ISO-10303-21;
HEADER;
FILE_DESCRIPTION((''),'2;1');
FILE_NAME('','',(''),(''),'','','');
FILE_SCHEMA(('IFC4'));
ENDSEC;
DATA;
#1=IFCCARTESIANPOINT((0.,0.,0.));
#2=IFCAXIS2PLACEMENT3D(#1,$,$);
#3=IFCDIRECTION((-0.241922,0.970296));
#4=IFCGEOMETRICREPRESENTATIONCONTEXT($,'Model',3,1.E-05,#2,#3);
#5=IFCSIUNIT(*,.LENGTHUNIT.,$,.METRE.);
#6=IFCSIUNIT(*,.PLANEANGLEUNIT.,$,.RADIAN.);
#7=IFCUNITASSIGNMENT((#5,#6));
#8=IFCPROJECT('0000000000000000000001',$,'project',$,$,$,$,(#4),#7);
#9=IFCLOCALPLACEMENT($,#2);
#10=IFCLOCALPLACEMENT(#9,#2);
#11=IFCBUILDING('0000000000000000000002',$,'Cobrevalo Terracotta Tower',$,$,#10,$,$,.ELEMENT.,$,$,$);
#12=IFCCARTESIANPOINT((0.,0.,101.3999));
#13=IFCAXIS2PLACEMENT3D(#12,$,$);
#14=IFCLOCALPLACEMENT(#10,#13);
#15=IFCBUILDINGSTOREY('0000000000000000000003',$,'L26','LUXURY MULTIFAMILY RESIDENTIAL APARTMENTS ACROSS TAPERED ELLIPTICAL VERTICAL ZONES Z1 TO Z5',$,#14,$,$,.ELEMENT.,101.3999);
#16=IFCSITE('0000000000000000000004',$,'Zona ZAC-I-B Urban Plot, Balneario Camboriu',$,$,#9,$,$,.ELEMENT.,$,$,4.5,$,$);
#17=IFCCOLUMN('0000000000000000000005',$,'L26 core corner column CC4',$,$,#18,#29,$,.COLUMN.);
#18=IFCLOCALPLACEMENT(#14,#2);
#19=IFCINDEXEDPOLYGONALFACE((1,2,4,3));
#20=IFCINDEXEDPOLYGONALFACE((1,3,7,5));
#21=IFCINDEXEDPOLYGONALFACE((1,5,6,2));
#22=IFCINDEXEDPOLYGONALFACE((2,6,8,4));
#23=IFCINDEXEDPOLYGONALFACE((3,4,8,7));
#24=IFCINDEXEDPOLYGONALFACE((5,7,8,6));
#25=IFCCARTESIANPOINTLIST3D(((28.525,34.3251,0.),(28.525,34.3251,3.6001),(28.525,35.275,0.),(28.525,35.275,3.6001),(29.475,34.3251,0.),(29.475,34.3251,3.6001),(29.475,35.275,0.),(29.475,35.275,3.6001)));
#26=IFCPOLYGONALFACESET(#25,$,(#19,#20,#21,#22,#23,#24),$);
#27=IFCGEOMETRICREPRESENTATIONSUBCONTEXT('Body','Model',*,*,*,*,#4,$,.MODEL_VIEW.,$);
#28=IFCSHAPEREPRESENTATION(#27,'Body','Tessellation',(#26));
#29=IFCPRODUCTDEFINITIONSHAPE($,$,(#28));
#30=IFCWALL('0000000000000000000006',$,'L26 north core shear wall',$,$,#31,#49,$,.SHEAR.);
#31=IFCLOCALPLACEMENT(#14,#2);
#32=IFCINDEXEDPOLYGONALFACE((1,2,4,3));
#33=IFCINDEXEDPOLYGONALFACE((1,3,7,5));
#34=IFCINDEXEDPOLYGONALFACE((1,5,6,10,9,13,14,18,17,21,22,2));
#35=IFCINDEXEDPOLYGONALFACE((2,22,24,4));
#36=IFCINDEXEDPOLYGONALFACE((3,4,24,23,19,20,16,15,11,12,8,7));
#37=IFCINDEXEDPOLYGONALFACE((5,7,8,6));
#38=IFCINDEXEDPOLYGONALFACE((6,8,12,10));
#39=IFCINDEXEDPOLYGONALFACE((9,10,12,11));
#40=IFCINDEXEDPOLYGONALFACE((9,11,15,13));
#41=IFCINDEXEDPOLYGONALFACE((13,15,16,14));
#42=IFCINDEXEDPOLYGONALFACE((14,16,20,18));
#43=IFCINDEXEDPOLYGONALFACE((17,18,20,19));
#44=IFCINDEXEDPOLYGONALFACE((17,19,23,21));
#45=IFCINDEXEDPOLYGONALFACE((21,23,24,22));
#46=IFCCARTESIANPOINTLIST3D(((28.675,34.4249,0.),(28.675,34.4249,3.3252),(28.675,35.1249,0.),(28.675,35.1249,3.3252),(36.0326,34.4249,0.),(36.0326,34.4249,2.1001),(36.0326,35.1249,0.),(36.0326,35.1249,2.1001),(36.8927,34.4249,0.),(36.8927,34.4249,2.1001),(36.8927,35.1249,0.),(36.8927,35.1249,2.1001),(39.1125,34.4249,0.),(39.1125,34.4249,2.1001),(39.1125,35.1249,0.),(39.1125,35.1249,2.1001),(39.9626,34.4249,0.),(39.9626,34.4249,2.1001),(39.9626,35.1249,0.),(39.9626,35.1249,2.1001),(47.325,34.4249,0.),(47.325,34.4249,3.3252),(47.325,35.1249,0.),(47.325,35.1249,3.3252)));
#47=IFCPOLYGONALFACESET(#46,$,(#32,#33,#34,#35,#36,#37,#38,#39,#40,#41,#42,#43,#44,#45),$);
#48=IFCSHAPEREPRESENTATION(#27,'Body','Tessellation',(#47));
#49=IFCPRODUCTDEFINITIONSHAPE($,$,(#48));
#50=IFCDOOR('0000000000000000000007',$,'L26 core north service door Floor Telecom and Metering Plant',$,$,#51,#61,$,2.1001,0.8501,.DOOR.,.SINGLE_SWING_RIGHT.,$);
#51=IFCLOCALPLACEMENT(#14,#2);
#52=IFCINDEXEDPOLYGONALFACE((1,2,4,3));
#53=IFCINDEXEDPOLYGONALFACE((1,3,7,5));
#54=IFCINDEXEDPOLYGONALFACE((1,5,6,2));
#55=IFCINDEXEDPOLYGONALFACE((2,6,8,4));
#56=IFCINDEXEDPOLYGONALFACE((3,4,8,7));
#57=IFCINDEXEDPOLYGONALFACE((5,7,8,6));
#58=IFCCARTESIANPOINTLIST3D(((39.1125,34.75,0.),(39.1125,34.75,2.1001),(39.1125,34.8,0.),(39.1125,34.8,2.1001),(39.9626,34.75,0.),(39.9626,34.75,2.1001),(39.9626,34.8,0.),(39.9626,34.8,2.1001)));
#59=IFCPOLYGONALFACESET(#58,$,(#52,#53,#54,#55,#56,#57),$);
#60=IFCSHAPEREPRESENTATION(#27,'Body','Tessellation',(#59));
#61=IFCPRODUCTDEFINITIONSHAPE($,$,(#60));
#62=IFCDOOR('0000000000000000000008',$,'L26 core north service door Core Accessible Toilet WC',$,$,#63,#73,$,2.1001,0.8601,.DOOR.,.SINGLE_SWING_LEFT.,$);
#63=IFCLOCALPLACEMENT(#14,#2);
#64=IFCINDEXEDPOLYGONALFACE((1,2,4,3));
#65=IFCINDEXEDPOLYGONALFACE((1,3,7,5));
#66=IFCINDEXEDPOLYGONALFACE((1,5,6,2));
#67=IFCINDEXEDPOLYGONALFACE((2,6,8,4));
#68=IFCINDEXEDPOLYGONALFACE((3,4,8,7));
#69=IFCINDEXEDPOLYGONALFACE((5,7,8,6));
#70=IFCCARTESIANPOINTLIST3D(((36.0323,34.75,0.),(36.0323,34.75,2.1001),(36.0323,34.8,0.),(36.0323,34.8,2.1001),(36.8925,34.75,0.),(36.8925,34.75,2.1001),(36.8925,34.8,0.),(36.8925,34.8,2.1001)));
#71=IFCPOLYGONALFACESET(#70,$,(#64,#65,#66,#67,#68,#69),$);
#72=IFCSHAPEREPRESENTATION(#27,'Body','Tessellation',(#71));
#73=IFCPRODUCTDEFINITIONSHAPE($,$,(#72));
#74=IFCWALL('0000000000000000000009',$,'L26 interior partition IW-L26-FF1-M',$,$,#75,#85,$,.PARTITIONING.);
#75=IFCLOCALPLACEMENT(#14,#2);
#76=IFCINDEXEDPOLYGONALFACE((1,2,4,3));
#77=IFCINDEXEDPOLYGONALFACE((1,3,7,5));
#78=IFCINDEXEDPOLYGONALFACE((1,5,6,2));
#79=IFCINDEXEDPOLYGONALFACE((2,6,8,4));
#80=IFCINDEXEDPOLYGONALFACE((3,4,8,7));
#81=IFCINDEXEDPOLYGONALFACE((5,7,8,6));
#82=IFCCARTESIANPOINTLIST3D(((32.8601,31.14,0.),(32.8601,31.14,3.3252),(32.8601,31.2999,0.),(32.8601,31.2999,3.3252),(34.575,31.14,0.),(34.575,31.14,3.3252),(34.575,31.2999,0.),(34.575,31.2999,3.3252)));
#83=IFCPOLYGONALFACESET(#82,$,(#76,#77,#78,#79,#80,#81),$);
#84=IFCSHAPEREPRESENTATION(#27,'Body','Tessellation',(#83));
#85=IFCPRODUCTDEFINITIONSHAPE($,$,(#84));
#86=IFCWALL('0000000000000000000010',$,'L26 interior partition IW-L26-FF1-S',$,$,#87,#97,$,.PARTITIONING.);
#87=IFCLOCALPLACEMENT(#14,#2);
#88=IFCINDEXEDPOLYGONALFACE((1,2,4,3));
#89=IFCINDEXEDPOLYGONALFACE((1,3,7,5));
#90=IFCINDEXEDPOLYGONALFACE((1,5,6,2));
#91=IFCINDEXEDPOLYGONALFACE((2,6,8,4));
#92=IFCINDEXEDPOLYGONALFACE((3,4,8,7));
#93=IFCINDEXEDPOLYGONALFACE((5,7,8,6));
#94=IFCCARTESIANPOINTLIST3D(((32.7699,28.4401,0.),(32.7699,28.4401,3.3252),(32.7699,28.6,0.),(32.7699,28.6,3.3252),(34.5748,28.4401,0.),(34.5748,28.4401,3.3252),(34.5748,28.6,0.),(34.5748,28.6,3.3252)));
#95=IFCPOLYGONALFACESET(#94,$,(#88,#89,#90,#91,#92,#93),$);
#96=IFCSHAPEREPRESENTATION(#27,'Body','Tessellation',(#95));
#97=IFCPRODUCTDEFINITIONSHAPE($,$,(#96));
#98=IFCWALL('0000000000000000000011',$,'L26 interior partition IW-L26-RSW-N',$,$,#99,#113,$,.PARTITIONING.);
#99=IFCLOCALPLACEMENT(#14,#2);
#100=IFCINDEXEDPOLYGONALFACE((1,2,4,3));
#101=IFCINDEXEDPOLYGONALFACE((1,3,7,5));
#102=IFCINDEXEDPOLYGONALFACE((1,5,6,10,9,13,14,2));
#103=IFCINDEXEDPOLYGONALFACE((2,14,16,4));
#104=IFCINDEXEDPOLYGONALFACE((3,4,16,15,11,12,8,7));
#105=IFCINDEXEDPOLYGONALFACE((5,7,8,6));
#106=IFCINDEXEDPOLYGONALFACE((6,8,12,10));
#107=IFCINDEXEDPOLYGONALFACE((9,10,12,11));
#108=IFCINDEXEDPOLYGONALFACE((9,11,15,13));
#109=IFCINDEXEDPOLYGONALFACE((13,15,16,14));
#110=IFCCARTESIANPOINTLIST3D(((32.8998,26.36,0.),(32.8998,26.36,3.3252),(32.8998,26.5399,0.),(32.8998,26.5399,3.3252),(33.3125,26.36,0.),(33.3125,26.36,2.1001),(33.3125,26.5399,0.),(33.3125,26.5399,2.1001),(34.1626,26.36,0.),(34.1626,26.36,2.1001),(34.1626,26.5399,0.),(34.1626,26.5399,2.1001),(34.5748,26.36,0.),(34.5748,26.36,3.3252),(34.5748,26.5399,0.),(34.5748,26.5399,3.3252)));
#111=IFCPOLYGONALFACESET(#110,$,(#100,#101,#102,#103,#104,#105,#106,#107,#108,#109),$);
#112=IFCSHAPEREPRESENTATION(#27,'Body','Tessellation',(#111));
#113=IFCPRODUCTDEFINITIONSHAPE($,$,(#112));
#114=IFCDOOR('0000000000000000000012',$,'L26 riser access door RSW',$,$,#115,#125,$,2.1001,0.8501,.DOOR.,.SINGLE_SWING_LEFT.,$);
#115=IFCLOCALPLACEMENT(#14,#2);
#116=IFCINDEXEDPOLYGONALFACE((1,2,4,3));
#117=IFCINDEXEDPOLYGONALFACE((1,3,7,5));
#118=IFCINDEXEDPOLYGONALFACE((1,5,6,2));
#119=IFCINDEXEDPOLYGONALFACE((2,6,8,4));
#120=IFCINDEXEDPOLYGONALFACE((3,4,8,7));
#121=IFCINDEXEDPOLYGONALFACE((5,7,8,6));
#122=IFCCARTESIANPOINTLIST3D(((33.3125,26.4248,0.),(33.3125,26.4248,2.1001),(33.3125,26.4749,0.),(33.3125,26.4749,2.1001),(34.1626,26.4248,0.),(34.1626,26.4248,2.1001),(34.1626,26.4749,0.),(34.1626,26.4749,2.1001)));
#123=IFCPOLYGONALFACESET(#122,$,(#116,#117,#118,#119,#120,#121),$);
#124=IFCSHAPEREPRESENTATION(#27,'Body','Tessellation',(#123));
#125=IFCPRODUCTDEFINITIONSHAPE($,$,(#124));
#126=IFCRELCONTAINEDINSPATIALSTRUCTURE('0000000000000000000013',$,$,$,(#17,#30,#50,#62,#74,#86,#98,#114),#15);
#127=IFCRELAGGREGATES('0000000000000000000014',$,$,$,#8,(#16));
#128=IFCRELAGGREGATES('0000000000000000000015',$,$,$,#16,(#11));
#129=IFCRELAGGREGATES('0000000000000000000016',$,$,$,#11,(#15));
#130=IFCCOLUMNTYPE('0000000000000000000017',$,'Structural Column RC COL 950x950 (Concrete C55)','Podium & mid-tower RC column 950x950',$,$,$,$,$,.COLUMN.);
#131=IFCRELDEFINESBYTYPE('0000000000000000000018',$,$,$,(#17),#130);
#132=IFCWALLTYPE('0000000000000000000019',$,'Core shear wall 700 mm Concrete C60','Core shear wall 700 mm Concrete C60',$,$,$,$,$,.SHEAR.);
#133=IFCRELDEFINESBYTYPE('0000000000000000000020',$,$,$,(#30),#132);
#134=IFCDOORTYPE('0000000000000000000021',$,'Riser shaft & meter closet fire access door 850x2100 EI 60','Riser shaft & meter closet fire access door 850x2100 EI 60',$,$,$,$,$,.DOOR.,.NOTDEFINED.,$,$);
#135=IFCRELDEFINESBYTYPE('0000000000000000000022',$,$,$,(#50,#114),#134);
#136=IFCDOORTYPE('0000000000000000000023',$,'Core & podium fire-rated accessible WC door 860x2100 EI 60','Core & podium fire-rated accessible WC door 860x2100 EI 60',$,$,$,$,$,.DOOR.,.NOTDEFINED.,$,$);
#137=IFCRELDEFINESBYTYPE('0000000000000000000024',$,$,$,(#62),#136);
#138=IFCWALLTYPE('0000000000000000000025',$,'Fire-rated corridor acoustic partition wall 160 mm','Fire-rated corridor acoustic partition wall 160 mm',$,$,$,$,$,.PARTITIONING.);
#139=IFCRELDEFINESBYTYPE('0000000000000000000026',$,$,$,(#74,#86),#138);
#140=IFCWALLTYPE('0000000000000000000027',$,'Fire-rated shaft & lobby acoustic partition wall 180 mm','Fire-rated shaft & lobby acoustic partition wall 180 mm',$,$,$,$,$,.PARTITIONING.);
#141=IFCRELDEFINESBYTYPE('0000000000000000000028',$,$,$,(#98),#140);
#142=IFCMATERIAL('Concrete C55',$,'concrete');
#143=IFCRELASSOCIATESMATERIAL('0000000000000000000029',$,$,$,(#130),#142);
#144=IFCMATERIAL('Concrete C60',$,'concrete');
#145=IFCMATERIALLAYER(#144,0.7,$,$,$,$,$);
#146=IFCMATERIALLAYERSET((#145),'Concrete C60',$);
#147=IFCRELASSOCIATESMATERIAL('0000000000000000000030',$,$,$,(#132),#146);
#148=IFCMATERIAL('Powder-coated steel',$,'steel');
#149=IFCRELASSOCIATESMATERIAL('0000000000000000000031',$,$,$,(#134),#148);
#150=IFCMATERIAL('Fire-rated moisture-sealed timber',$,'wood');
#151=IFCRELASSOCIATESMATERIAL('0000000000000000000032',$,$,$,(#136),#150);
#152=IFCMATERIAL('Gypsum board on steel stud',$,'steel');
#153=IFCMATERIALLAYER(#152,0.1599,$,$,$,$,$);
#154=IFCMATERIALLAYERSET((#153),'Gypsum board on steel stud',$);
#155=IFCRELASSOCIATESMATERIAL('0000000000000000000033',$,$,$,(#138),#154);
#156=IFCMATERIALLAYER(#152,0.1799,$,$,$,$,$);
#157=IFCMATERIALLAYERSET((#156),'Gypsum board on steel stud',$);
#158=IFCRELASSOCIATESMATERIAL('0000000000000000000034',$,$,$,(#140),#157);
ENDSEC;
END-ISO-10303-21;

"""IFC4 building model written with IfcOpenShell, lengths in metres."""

from ifc_helpers import new_model, si_unit, direction, frame, frame_2d, origin, origin_2d, place, context, subcontext, project, spatial, rectangle, extrude, source, transform, mapped, material, layer, layer_set, material_profile, profile_set, type_object, element, fill, save


model = new_model("IFC4")

# Units and contexts
model_context = context("Model", 3, precision=1e-05, world=origin(), true_north=direction((-0.241922, 0.970296)))
body_context = subcontext(model_context, "Body", "Model", "MODEL_VIEW")
ifc_project = project(units=[si_unit("LENGTHUNIT", "METRE"), si_unit("PLANEANGLEUNIT", "RADIAN")], contexts=[model_context])

# Site, building, storey
site_placement = place(None, origin())
site = spatial("IfcSite", under=ifc_project, at=site_placement, Name="Zona ZAC-I-B Urban Plot, Balneario Camboriu", CompositionType="ELEMENT", RefElevation=4.5)
building_placement = place(site_placement, origin())
building = spatial("IfcBuilding", under=site, at=building_placement, Name="Cobrevalo Terracotta Tower", CompositionType="ELEMENT")
storey_placement = place(building_placement, frame((0.0, 0.0, 101.3999)))
storey = spatial("IfcBuildingStorey", under=building, at=storey_placement, Name="L26", Description="LUXURY MULTIFAMILY RESIDENTIAL APARTMENTS ACROSS TAPERED ELLIPTICAL VERTICAL ZONES Z1 TO Z5", CompositionType="ELEMENT", Elevation=101.3999)

# Column
ifc_material_1 = material(Name="Concrete C55", Category="concrete")
ifc_material_profile = material_profile(ifc_material_1, rectangle(XDim=0.95, YDim=0.95, at=origin_2d()), Name="RC COL 950x950")
ifc_profile_set = profile_set([ifc_material_profile], Name="Concrete C55")
column_type = type_object("IfcColumnType", Name="Structural Column RC COL 950x950 (Concrete C55)", Description="Podium & mid-tower RC column 950x950", PredefinedType="COLUMN", material=ifc_profile_set)
column_placement = place(storey_placement, frame((29.0, 34.8, 0.0), z_axis=(0.0, 0.0, 1.0), x_axis=(1.0, 0.0, 0.0)))
element("IfcColumn", 1, at=column_placement, inside=storey, type_object=column_type, Name="L26 core corner column CC4", PredefinedType="COLUMN", context=body_context, shape_type="SweptSolid", body=[
    extrude(rectangle(XDim=0.95, YDim=0.95, at=origin_2d()), origin(), (0.0, 0.0, 1.0), 3.6001),
])

# Wall, openings, doors
ifc_material_2 = material(Name="Concrete C60", Category="concrete")
ifc_layer_1 = layer(ifc_material_2, 0.7)
ifc_layer_set_1 = layer_set([ifc_layer_1], Name="Concrete C60")
wall_type_1 = type_object("IfcWallType", Name="Core shear wall 700 mm Concrete C60", Description="Core shear wall 700 mm Concrete C60", PredefinedType="SHEAR", material=ifc_layer_set_1)
wall_1_placement = place(storey_placement, frame((28.675, 34.7749, 0.0), z_axis=(0.0, 0.0, 1.0), x_axis=(1.0, 0.0, 0.0)))
wall_1 = element("IfcWall", 2, at=wall_1_placement, inside=storey, type_object=wall_type_1, Name="L26 north core shear wall", PredefinedType="SHEAR", context=body_context, shape_type="SweptSolid", body=[
    extrude(rectangle(XDim=18.6499, YDim=0.7, at=frame_2d((9.325, 0.0))), origin(), (0.0, 0.0, 1.0), 3.3252),
])
opening_1_placement = place(wall_1_placement, frame((7.3574, 0.0, 0.0)))
opening_1 = element("IfcOpeningElement", 3, at=opening_1_placement, cuts=wall_1, PredefinedType="OPENING", context=body_context, shape_type="SweptSolid", body=[
    extrude(rectangle(XDim=0.8601, YDim=2.1001, at=frame_2d((0.4302, 1.05))), frame((0.0, 0.3599, 0.0), z_axis=(0.0, -1.0, 0.0), x_axis=(1.0, 0.0, 0.0)), (0.0, 0.0, 1.0), 0.72),
])
opening_2_placement = place(wall_1_placement, frame((10.4375, 0.0, 0.0)))
opening_2 = element("IfcOpeningElement", 4, at=opening_2_placement, cuts=wall_1, PredefinedType="OPENING", context=body_context, shape_type="SweptSolid", body=[
    extrude(rectangle(XDim=0.8501, YDim=2.1001, at=frame_2d((0.425, 1.05))), frame((0.0, 0.3599, 0.0), z_axis=(0.0, -1.0, 0.0), x_axis=(1.0, 0.0, 0.0)), (0.0, 0.0, 1.0), 0.72),
])
ifc_material_3 = material(Name="Powder-coated steel", Category="steel")
door_type_1 = type_object("IfcDoorType", Name="Riser shaft & meter closet fire access door 850x2100 EI 60", Description="Riser shaft & meter closet fire access door 850x2100 EI 60", OperationType="NOTDEFINED", PredefinedType="DOOR", material=ifc_material_3)
shared_shape_1 = source(origin(), body_context, "Body", "SweptSolid", [
    extrude(rectangle(XDim=0.8501, YDim=2.1001, at=frame_2d((0.425, 1.05))), frame((0.0, 0.0249, 0.0), z_axis=(0.0, -1.0, 0.0), x_axis=(1.0, 0.0, 0.0)), (0.0, 0.0, 1.0), 0.05),
])
door_1_placement = place(opening_2_placement, frame((0.8501, 0.0, 0.0), z_axis=(0.0, 0.0, 1.0), x_axis=(-1.0, 0.0, 0.0)))
door_1 = element("IfcDoor", 5, at=door_1_placement, inside=storey, type_object=door_type_1, Name="L26 core north service door Floor Telecom and Metering Plant", OperationType="SINGLE_SWING_RIGHT", OverallHeight=2.1001, OverallWidth=0.8501, PredefinedType="DOOR", context=body_context, shape_type="MappedRepresentation", body=[
    mapped(shared_shape_1, transform((0.0, 0.0, 0.0), scale=1.0)),
])
fill(opening_2, door_1)
ifc_material_4 = material(Name="Fire-rated moisture-sealed timber", Category="wood")
door_type_2 = type_object("IfcDoorType", Name="Core & podium fire-rated accessible WC door 860x2100 EI 60", Description="Core & podium fire-rated accessible WC door 860x2100 EI 60", OperationType="NOTDEFINED", PredefinedType="DOOR", material=ifc_material_4)
shared_shape_2 = source(origin(), body_context, "Body", "SweptSolid", [
    extrude(rectangle(XDim=0.8601, YDim=2.1001, at=frame_2d((0.4302, 1.05))), frame((0.0, 0.0249, 0.0), z_axis=(0.0, -1.0, 0.0), x_axis=(1.0, 0.0, 0.0)), (0.0, 0.0, 1.0), 0.05),
])
door_2_placement = place(opening_1_placement, frame((0.8601, 0.0, 0.0), z_axis=(0.0, 0.0, 1.0), x_axis=(-1.0, 0.0, 0.0)))
door_2 = element("IfcDoor", 6, at=door_2_placement, inside=storey, type_object=door_type_2, Name="L26 core north service door Core Accessible Toilet WC", OperationType="SINGLE_SWING_LEFT", OverallHeight=2.1001, OverallWidth=0.8601, PredefinedType="DOOR", context=body_context, shape_type="MappedRepresentation", body=[
    mapped(shared_shape_2, transform((0.0, 0.0, 0.0), scale=1.0)),
])
fill(opening_1, door_2)

# Walls
ifc_material_5 = material(Name="Gypsum board on steel stud", Category="steel")
ifc_layer_2 = layer(ifc_material_5, 0.1599)
ifc_layer_set_2 = layer_set([ifc_layer_2], Name="Gypsum board on steel stud")
wall_type_2 = type_object("IfcWallType", Name="Fire-rated corridor acoustic partition wall 160 mm", Description="Fire-rated corridor acoustic partition wall 160 mm", PredefinedType="PARTITIONING", material=ifc_layer_set_2)
wall_2_placement = place(storey_placement, frame((32.8601, 31.22, 0.0), z_axis=(0.0, 0.0, 1.0), x_axis=(1.0, 0.0, 0.0)))
element("IfcWall", 7, at=wall_2_placement, inside=storey, type_object=wall_type_2, Name="L26 interior partition IW-L26-FF1-M", PredefinedType="PARTITIONING", context=body_context, shape_type="SweptSolid", body=[
    extrude(rectangle(XDim=1.7148, YDim=0.1599, at=frame_2d((0.8574, 0.0))), origin(), (0.0, 0.0, 1.0), 3.3252),
])
wall_3_placement = place(storey_placement, frame((32.77, 28.52, 0.0), z_axis=(0.0, 0.0, 1.0), x_axis=(1.0, 0.0, 0.0)))
element("IfcWall", 8, at=wall_3_placement, inside=storey, type_object=wall_type_2, Name="L26 interior partition IW-L26-FF1-S", PredefinedType="PARTITIONING", context=body_context, shape_type="SweptSolid", body=[
    extrude(rectangle(XDim=1.8049, YDim=0.1599, at=frame_2d((0.9023, 0.0))), origin(), (0.0, 0.0, 1.0), 3.3252),
])

# Wall, opening, door
ifc_layer_3 = layer(ifc_material_5, 0.1799)
ifc_layer_set_3 = layer_set([ifc_layer_3], Name="Gypsum board on steel stud")
wall_type_3 = type_object("IfcWallType", Name="Fire-rated shaft & lobby acoustic partition wall 180 mm", Description="Fire-rated shaft & lobby acoustic partition wall 180 mm", PredefinedType="PARTITIONING", material=ifc_layer_set_3)
wall_4_placement = place(storey_placement, frame((32.8999, 26.45, 0.0), z_axis=(0.0, 0.0, 1.0), x_axis=(1.0, 0.0, 0.0)))
wall_4 = element("IfcWall", 9, at=wall_4_placement, inside=storey, type_object=wall_type_3, Name="L26 interior partition IW-L26-RSW-N", PredefinedType="PARTITIONING", context=body_context, shape_type="SweptSolid", body=[
    extrude(rectangle(XDim=1.675, YDim=0.1799, at=frame_2d((0.8374, 0.0))), origin(), (0.0, 0.0, 1.0), 3.3252),
])
opening_3_placement = place(wall_4_placement, frame((0.4126, 0.0, 0.0)))
opening_3 = element("IfcOpeningElement", 10, at=opening_3_placement, cuts=wall_4, PredefinedType="OPENING", context=body_context, shape_type="SweptSolid", body=[
    extrude(rectangle(XDim=0.8501, YDim=2.1001, at=frame_2d((0.425, 1.05))), frame((0.0, 0.1001, 0.0), z_axis=(0.0, -1.0, 0.0), x_axis=(1.0, 0.0, 0.0)), (0.0, 0.0, 1.0), 0.2),
])
door_3_placement = place(opening_3_placement, origin())
door_3 = element("IfcDoor", 11, at=door_3_placement, inside=storey, type_object=door_type_1, Name="L26 riser access door RSW", OperationType="SINGLE_SWING_LEFT", OverallHeight=2.1001, OverallWidth=0.8501, PredefinedType="DOOR", context=body_context, shape_type="MappedRepresentation", body=[
    mapped(shared_shape_1, transform((0.0, 0.0, 0.0), scale=1.0)),
])
fill(opening_3, door_3)

save(model, "model.ifc")
